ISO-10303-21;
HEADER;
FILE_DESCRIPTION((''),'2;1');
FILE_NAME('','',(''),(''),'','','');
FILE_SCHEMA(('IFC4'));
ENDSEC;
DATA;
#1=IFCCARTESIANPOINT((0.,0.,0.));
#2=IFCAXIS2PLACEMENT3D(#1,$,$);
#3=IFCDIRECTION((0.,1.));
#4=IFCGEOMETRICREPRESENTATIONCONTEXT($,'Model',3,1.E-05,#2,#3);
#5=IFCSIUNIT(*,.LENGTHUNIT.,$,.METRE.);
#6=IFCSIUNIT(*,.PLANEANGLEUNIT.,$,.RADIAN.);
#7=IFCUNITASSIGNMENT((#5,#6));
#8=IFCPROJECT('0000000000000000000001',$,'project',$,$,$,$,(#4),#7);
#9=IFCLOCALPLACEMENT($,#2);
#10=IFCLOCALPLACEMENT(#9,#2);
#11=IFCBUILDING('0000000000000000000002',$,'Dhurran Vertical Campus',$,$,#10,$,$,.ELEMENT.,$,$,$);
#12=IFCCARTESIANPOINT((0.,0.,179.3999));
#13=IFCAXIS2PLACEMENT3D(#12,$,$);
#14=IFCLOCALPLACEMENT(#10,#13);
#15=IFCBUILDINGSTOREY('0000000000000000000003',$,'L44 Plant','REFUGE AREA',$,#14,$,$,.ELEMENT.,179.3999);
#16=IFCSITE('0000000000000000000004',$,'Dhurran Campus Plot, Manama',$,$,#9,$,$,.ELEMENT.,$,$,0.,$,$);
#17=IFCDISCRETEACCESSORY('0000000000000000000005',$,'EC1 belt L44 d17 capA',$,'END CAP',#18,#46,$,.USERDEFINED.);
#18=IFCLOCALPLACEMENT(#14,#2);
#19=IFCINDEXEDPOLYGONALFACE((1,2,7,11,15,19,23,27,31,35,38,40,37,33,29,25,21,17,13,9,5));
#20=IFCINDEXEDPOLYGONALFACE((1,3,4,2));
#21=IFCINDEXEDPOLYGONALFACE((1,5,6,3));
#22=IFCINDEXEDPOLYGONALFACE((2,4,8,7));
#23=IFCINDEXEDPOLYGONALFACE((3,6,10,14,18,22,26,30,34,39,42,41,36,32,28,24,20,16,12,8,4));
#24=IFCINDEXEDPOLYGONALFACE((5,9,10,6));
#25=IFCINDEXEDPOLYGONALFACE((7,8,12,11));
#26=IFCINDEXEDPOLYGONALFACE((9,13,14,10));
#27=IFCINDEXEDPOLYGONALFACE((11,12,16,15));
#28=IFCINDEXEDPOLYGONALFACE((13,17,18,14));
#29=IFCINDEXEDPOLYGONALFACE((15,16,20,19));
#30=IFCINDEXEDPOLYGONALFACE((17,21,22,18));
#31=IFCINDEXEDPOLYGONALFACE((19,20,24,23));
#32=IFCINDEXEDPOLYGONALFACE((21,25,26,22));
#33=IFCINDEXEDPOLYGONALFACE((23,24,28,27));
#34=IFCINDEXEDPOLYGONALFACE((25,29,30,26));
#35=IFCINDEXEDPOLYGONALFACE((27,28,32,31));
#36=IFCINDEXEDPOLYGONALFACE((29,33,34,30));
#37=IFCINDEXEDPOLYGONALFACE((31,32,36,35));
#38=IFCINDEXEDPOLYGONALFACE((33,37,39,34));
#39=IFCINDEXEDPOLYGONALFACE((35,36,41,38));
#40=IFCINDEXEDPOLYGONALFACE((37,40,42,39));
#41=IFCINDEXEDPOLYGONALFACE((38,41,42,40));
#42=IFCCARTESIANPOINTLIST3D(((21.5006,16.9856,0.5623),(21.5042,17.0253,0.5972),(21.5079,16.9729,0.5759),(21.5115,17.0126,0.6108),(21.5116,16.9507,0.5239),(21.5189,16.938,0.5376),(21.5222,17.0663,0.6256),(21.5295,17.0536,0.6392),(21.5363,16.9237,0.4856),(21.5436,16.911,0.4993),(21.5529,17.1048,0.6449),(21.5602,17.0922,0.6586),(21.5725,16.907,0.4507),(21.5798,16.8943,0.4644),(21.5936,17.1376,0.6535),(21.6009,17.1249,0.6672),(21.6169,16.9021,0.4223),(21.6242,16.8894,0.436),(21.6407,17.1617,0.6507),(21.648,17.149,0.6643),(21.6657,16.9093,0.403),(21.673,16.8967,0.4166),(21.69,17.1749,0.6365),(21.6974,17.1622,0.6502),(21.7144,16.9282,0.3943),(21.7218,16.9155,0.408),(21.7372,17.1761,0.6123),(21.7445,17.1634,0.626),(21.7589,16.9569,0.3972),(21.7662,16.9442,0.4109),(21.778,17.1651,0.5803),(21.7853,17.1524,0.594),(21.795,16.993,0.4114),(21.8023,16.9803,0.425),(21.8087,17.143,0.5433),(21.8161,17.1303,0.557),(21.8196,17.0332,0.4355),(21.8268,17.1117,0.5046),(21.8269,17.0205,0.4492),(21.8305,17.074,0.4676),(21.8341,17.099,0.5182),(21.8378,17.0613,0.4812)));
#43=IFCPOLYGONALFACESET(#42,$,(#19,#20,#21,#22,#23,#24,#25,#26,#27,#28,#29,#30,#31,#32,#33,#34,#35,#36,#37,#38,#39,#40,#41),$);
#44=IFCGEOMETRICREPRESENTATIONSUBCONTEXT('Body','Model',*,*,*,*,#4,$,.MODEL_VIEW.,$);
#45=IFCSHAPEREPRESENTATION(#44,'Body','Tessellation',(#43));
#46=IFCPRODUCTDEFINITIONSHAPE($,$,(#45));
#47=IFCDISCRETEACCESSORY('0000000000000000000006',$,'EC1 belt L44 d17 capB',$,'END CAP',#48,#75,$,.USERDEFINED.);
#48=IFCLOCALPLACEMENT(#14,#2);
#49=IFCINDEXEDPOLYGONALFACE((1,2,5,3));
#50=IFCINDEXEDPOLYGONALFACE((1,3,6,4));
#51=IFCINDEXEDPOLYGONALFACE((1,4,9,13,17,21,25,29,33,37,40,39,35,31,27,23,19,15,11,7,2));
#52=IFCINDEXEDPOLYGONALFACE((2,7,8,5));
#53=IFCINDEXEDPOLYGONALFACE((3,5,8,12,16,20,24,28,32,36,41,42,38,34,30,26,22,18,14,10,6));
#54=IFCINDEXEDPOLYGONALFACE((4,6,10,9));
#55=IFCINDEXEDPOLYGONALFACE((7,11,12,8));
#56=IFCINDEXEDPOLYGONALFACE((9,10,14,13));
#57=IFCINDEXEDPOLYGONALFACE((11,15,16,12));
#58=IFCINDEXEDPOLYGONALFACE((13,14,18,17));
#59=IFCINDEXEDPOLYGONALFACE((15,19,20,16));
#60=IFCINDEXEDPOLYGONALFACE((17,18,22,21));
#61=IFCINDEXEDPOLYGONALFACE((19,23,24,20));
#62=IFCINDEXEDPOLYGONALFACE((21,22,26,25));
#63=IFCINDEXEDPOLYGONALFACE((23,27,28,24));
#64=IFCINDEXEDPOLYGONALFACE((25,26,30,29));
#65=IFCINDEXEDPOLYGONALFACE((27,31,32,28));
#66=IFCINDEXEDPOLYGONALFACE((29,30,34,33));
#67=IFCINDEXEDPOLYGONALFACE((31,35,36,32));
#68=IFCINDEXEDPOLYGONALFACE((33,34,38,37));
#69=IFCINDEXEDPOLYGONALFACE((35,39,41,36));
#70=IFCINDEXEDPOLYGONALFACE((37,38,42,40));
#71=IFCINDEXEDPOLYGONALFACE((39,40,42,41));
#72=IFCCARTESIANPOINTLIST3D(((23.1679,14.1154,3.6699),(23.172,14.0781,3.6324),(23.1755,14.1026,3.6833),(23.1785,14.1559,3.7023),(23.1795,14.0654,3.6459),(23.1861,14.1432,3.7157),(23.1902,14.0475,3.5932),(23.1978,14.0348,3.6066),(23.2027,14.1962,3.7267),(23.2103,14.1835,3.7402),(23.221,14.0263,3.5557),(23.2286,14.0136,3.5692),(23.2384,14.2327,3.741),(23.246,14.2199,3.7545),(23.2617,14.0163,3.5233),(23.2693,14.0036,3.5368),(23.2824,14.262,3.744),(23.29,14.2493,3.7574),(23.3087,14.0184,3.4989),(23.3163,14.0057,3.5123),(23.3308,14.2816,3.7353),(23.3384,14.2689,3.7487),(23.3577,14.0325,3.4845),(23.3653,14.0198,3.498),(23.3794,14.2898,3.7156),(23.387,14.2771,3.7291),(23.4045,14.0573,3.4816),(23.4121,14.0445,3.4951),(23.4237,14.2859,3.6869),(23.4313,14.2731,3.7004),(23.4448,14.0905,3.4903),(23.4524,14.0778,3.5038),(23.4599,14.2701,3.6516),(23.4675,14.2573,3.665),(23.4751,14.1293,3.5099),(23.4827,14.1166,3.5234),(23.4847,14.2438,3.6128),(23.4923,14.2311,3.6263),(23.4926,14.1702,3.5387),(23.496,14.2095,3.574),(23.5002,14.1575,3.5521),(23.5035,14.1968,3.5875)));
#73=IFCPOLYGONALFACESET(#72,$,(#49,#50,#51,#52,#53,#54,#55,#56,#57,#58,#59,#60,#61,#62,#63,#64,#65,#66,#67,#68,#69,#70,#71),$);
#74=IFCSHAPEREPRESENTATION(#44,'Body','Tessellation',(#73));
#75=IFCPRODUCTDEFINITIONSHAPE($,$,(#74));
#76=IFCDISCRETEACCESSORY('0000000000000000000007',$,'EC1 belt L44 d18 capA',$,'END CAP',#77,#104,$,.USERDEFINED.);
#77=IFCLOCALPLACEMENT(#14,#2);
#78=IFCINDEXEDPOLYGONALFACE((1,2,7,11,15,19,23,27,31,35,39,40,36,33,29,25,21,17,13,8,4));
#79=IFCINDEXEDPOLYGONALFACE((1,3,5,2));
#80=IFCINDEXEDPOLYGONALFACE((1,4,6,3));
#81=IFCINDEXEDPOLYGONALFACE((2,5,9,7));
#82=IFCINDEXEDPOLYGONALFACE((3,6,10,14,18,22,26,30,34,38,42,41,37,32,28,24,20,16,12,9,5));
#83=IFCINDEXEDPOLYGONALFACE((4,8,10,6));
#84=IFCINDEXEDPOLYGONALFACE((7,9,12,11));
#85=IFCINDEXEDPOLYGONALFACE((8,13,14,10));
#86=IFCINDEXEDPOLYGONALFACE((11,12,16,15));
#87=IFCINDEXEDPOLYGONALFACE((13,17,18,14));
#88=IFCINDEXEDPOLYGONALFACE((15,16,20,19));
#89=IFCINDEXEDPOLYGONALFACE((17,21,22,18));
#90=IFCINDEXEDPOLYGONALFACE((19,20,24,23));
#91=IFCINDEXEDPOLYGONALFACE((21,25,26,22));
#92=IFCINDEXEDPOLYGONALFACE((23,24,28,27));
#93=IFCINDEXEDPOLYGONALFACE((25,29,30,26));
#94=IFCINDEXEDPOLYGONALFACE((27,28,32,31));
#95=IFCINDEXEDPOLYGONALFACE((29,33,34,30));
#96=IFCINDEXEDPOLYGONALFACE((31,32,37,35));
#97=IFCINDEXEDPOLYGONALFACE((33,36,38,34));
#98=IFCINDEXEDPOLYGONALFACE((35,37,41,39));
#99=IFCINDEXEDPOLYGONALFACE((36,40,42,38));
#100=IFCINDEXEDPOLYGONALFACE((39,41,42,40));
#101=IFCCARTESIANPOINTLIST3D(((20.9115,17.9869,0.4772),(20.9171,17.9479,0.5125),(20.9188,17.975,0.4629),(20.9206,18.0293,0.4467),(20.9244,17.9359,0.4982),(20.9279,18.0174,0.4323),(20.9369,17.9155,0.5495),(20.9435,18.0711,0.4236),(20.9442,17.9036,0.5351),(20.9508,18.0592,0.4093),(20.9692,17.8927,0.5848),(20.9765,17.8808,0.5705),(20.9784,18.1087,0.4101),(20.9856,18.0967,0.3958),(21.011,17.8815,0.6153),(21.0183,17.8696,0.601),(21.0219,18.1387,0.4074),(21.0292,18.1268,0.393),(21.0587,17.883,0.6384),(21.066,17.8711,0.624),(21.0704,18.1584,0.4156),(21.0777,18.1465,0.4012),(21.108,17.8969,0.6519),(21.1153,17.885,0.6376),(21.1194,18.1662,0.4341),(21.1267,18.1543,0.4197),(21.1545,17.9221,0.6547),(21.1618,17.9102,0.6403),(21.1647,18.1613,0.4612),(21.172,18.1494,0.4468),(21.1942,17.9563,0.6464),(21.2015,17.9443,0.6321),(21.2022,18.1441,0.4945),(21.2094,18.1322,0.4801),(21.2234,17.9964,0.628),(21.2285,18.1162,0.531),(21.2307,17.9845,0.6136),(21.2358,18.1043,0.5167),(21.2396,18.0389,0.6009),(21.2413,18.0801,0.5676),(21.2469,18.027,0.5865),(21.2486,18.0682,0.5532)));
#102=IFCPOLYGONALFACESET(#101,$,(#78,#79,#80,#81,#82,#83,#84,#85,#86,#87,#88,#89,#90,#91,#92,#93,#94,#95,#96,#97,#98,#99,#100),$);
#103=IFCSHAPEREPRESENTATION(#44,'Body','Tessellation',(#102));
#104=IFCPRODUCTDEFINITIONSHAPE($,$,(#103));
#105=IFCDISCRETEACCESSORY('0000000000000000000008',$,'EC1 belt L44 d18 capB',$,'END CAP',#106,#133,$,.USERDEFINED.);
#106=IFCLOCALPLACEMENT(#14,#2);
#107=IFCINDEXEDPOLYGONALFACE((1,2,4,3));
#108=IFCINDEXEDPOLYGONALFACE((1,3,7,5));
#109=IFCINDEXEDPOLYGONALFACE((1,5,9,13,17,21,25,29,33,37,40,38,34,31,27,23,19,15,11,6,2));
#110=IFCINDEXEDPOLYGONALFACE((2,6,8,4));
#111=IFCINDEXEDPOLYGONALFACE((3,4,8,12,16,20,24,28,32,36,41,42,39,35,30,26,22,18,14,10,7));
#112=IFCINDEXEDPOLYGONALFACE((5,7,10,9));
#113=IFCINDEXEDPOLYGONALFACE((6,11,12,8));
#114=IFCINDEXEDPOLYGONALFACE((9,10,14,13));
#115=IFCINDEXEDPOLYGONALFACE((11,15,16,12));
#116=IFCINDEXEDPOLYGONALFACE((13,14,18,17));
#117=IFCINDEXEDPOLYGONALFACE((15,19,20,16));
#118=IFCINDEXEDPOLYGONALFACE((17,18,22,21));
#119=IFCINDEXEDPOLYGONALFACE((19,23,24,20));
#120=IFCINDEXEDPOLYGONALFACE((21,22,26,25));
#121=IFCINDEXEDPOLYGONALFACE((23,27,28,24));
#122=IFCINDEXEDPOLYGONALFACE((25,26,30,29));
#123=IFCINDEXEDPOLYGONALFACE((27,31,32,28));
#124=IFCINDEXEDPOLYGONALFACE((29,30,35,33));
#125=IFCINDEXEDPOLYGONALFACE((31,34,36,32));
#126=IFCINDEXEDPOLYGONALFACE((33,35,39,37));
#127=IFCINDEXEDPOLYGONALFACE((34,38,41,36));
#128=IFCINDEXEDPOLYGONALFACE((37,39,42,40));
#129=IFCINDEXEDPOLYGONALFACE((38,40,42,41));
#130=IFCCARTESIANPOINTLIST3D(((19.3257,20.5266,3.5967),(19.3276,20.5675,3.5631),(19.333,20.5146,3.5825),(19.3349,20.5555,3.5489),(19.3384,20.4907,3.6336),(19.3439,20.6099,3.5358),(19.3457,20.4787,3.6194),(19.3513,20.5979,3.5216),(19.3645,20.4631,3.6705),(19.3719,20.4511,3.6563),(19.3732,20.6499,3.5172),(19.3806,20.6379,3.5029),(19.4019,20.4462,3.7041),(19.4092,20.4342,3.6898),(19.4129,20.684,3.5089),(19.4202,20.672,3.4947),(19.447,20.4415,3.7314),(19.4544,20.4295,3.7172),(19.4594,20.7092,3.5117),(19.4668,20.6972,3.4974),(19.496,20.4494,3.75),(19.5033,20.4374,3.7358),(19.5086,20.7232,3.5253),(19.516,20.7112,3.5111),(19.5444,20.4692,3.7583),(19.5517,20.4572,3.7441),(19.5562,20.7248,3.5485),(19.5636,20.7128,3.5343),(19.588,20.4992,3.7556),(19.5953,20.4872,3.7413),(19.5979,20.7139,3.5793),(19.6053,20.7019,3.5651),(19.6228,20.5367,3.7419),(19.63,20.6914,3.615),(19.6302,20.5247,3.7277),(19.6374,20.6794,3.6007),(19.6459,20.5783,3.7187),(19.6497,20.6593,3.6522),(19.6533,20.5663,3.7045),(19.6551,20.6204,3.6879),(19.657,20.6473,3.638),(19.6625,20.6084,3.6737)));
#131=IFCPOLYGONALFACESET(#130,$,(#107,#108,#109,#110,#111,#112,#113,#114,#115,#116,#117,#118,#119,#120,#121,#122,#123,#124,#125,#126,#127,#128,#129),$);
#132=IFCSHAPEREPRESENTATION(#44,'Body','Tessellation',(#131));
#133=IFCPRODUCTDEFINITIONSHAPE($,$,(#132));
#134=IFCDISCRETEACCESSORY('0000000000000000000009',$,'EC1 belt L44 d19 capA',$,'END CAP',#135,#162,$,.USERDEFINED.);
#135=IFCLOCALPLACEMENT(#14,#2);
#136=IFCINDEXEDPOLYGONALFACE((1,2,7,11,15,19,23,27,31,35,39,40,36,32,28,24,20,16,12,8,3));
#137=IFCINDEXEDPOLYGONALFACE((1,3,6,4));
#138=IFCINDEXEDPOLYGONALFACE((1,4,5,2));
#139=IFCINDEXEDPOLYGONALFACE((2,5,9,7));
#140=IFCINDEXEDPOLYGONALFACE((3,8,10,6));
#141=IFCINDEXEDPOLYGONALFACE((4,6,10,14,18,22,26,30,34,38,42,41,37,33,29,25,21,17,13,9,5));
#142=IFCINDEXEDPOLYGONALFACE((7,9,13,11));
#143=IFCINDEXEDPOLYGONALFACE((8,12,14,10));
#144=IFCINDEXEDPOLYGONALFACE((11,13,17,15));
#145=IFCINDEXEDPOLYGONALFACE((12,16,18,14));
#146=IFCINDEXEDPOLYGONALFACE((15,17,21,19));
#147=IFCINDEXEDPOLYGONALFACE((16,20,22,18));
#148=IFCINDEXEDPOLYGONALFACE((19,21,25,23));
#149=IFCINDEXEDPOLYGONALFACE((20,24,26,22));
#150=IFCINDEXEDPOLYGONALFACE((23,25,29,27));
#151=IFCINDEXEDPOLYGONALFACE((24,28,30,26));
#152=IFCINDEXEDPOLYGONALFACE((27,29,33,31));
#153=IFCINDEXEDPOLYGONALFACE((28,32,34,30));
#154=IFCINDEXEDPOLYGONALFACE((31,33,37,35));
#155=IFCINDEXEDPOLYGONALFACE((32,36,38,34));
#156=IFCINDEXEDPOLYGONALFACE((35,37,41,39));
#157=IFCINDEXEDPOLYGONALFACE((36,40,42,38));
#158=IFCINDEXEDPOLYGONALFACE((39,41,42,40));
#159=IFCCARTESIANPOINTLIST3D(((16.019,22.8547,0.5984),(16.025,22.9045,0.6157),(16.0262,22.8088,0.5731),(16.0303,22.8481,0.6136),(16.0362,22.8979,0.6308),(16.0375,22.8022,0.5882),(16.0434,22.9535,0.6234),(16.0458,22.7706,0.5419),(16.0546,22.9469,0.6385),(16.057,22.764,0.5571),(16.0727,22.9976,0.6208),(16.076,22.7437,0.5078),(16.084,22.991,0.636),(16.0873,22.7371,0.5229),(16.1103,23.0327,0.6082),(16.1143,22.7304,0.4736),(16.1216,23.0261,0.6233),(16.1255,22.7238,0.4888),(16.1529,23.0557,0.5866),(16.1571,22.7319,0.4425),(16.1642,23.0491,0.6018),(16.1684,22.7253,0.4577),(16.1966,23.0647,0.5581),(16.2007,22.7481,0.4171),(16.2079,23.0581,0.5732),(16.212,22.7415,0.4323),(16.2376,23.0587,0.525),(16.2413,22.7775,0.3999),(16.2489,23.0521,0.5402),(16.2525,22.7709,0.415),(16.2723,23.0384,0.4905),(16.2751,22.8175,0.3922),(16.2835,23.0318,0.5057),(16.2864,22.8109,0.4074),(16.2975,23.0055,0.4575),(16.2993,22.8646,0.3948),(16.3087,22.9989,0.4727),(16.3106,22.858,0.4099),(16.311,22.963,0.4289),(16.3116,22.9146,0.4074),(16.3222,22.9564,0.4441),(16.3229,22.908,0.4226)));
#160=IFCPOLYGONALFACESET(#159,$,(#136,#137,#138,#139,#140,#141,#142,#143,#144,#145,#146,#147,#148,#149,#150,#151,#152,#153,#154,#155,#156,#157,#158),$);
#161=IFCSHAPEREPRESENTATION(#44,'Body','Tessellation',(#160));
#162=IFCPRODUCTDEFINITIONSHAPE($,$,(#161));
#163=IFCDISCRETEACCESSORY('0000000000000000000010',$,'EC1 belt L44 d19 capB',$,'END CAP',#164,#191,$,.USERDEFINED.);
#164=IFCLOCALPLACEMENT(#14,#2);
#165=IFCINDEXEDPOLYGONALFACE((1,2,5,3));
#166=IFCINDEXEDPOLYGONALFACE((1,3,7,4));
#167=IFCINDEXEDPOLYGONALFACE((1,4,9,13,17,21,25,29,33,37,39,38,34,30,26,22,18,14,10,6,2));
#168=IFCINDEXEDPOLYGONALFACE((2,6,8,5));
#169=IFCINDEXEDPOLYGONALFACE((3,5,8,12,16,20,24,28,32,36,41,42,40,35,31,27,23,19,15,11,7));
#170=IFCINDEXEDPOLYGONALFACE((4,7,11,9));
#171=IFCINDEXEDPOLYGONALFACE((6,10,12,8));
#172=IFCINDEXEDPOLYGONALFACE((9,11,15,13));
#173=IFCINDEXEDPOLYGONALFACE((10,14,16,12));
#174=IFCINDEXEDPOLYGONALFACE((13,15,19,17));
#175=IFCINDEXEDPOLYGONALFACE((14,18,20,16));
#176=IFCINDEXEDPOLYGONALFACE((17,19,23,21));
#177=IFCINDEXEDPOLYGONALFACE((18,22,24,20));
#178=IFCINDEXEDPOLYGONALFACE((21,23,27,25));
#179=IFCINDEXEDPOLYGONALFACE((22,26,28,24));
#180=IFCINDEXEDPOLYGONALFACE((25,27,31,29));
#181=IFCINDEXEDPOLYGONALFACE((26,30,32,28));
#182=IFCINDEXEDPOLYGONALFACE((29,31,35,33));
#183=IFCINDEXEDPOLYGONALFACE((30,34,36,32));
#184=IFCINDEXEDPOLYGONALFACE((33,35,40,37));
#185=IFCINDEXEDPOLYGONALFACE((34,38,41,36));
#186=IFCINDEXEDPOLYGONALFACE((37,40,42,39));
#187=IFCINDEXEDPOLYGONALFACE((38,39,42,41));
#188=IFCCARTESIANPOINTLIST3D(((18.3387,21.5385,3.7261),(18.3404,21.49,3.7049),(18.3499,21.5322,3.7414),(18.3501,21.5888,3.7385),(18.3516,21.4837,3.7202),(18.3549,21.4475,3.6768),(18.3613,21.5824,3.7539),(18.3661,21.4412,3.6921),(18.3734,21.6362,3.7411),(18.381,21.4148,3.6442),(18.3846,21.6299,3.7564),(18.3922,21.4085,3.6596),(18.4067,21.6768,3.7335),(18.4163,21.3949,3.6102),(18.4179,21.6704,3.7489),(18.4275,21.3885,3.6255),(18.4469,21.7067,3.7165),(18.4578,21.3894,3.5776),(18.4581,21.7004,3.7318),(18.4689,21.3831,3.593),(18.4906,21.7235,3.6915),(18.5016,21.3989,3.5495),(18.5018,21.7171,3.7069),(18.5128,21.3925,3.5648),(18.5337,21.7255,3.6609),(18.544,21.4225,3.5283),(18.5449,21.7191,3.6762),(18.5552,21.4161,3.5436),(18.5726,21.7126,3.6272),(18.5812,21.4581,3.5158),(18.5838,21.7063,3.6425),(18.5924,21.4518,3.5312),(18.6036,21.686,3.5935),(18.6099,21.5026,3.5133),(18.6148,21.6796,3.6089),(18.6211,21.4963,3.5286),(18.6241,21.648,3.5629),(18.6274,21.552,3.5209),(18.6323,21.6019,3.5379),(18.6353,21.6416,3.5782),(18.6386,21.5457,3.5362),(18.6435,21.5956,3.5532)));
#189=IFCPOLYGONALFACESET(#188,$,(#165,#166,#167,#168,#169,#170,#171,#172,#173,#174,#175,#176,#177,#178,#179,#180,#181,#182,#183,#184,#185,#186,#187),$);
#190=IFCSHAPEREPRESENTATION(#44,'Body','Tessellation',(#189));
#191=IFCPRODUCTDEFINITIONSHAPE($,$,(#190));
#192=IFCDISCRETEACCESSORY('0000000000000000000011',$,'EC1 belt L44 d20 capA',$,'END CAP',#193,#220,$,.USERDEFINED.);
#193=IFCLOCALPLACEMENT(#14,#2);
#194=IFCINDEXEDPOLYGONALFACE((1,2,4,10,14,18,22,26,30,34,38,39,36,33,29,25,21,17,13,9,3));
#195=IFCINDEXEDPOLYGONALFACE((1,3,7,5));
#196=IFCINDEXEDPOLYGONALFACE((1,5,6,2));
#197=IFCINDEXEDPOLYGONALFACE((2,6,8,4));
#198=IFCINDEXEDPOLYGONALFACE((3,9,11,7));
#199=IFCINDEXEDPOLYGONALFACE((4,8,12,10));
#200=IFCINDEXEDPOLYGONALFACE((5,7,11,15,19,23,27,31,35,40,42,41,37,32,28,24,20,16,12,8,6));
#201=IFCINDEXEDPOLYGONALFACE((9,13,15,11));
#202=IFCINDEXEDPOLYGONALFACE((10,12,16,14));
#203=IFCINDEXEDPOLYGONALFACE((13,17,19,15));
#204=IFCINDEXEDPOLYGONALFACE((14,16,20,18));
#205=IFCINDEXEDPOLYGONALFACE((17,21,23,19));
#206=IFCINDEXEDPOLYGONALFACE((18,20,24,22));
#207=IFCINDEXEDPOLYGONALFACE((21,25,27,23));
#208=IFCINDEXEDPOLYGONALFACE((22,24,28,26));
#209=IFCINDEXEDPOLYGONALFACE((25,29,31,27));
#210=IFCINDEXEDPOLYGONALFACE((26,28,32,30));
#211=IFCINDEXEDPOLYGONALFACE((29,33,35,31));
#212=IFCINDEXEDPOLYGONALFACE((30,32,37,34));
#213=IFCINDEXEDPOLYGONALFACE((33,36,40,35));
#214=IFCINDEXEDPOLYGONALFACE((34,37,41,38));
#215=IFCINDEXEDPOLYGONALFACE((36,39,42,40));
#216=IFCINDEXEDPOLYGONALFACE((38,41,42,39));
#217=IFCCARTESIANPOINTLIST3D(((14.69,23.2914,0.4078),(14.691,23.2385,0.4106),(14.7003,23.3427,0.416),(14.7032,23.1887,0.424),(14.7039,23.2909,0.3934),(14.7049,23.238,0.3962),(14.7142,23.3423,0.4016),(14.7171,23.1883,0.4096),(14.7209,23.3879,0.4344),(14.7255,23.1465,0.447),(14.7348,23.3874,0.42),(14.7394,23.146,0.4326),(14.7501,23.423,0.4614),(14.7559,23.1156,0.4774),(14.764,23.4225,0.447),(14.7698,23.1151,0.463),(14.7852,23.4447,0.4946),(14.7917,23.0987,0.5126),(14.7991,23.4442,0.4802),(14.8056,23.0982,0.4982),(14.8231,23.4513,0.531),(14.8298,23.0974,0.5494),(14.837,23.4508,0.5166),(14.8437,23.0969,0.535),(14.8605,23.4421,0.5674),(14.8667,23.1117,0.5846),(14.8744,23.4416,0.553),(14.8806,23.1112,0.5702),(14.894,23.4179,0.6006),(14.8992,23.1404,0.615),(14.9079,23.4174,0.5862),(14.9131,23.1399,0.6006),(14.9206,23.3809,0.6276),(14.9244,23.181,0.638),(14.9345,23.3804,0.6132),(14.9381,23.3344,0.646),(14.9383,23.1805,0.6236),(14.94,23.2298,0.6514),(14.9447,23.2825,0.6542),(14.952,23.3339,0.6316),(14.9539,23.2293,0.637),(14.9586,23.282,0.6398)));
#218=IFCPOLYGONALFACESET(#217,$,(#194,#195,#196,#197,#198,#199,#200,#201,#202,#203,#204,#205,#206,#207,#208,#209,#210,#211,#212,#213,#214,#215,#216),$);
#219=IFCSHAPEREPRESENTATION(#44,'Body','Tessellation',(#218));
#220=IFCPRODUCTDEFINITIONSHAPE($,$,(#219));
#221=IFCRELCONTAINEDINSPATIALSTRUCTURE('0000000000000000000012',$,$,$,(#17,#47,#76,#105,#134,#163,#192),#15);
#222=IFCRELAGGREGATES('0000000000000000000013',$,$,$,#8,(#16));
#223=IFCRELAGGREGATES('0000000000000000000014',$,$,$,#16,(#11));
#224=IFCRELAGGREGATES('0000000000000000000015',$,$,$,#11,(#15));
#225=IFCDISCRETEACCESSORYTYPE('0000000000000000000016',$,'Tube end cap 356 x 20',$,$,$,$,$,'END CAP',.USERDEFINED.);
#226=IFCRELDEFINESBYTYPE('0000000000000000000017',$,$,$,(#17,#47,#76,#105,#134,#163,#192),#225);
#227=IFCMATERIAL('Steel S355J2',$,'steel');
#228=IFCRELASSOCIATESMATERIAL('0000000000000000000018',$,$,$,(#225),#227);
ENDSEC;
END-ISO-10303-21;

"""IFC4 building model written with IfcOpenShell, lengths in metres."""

from ifc_helpers import new_model, si_unit, direction, frame, origin, origin_2d, place, context, subcontext, project, spatial, circle, extrude, material, material_profile, profile_set, type_object, element, save


model = new_model("IFC4")

# Units and contexts
model_context = context("Model", 3, precision=1e-05, world=origin(), true_north=direction((0.0, 1.0)))
body_context = subcontext(model_context, "Body", "Model", "MODEL_VIEW")
ifc_project = project(units=[si_unit("LENGTHUNIT", "METRE"), si_unit("PLANEANGLEUNIT", "RADIAN")], contexts=[model_context])

# Site, building, storey
site_placement = place(None, origin())
site = spatial("IfcSite", under=ifc_project, at=site_placement, Name="Dhurran Campus Plot, Manama", CompositionType="ELEMENT", RefElevation=0.0)
building_placement = place(site_placement, origin())
building = spatial("IfcBuilding", under=site, at=building_placement, Name="Dhurran Vertical Campus", CompositionType="ELEMENT")
storey_placement = place(building_placement, frame((0.0, 0.0, 179.3999)))
storey = spatial("IfcBuildingStorey", under=building, at=storey_placement, Name="L44 Plant", Description="REFUGE AREA", CompositionType="ELEMENT", Elevation=179.3999)

# Discrete accessories
ifc_material_1 = material(Name="Steel S355J2", Category="steel")
ifc_material_profile_1 = material_profile(ifc_material_1, circle(Radius=0.1777, at=origin_2d()), Name="Tube end cap 356 x 20")
ifc_profile_set_1 = profile_set([ifc_material_profile_1], Name="Steel S355J2")
discrete_accessory_type = type_object("IfcDiscreteAccessoryType", Name="Tube end cap 356 x 20", ElementType="END CAP", PredefinedType="USERDEFINED", material=ifc_profile_set_1)
for number, where, z_axis, x_axis, name in (
    (1, (21.6729, 17.0269, 0.5376), (-0.365419, 0.633393, -0.682116), (-0.866186, -0.499722, 0.0), "EC1 belt L44 d17 capA"),
    (2, (23.332, 14.1528, 3.6128), (0.379008, -0.635756, 0.672434), (0.858947, 0.512065, 0.0), "EC1 belt L44 d17 capB"),
    (3, (21.0769, 18.0234, 0.531), (0.364286, -0.595, -0.716429), (0.852851, 0.522154, 0.0), "EC1 belt L44 d18 capA"),
    (4, (19.4973, 20.5715, 3.6194), (-0.367469, 0.6002, 0.710441), (-0.852851, -0.522154, 0.0), "EC1 belt L44 d18 capB"),
    (5, (16.1772, 22.8904, 0.5229), (-0.562441, 0.330129, -0.758073), (-0.506201, -0.862416, 0.0), "EC1 belt L44 d19 capA"),
    (6, (18.4851, 21.5579, 3.6272), (0.559439, -0.316204, 0.766188), (0.492057, 0.870563, 0.0), "EC1 belt L44 d19 capB"),
    (7, (14.8169, 23.2737, 0.531), (0.694606, -0.024372, -0.718978), (0.035066, 0.999385, 0.0), "EC1 belt L44 d20 capA"),
):
    element("IfcDiscreteAccessory", number, at=place(storey_placement, frame(where, z_axis=z_axis, x_axis=x_axis)), inside=storey, type_object=discrete_accessory_type, Name=name, ObjectType="END CAP", PredefinedType="USERDEFINED", context=body_context, shape_type="SweptSolid", body=[
        extrude(circle(Radius=0.1777, at=origin_2d()), origin(), (0.0, 0.0, 1.0), 0.02),
    ])

save(model, "model.ifc")
